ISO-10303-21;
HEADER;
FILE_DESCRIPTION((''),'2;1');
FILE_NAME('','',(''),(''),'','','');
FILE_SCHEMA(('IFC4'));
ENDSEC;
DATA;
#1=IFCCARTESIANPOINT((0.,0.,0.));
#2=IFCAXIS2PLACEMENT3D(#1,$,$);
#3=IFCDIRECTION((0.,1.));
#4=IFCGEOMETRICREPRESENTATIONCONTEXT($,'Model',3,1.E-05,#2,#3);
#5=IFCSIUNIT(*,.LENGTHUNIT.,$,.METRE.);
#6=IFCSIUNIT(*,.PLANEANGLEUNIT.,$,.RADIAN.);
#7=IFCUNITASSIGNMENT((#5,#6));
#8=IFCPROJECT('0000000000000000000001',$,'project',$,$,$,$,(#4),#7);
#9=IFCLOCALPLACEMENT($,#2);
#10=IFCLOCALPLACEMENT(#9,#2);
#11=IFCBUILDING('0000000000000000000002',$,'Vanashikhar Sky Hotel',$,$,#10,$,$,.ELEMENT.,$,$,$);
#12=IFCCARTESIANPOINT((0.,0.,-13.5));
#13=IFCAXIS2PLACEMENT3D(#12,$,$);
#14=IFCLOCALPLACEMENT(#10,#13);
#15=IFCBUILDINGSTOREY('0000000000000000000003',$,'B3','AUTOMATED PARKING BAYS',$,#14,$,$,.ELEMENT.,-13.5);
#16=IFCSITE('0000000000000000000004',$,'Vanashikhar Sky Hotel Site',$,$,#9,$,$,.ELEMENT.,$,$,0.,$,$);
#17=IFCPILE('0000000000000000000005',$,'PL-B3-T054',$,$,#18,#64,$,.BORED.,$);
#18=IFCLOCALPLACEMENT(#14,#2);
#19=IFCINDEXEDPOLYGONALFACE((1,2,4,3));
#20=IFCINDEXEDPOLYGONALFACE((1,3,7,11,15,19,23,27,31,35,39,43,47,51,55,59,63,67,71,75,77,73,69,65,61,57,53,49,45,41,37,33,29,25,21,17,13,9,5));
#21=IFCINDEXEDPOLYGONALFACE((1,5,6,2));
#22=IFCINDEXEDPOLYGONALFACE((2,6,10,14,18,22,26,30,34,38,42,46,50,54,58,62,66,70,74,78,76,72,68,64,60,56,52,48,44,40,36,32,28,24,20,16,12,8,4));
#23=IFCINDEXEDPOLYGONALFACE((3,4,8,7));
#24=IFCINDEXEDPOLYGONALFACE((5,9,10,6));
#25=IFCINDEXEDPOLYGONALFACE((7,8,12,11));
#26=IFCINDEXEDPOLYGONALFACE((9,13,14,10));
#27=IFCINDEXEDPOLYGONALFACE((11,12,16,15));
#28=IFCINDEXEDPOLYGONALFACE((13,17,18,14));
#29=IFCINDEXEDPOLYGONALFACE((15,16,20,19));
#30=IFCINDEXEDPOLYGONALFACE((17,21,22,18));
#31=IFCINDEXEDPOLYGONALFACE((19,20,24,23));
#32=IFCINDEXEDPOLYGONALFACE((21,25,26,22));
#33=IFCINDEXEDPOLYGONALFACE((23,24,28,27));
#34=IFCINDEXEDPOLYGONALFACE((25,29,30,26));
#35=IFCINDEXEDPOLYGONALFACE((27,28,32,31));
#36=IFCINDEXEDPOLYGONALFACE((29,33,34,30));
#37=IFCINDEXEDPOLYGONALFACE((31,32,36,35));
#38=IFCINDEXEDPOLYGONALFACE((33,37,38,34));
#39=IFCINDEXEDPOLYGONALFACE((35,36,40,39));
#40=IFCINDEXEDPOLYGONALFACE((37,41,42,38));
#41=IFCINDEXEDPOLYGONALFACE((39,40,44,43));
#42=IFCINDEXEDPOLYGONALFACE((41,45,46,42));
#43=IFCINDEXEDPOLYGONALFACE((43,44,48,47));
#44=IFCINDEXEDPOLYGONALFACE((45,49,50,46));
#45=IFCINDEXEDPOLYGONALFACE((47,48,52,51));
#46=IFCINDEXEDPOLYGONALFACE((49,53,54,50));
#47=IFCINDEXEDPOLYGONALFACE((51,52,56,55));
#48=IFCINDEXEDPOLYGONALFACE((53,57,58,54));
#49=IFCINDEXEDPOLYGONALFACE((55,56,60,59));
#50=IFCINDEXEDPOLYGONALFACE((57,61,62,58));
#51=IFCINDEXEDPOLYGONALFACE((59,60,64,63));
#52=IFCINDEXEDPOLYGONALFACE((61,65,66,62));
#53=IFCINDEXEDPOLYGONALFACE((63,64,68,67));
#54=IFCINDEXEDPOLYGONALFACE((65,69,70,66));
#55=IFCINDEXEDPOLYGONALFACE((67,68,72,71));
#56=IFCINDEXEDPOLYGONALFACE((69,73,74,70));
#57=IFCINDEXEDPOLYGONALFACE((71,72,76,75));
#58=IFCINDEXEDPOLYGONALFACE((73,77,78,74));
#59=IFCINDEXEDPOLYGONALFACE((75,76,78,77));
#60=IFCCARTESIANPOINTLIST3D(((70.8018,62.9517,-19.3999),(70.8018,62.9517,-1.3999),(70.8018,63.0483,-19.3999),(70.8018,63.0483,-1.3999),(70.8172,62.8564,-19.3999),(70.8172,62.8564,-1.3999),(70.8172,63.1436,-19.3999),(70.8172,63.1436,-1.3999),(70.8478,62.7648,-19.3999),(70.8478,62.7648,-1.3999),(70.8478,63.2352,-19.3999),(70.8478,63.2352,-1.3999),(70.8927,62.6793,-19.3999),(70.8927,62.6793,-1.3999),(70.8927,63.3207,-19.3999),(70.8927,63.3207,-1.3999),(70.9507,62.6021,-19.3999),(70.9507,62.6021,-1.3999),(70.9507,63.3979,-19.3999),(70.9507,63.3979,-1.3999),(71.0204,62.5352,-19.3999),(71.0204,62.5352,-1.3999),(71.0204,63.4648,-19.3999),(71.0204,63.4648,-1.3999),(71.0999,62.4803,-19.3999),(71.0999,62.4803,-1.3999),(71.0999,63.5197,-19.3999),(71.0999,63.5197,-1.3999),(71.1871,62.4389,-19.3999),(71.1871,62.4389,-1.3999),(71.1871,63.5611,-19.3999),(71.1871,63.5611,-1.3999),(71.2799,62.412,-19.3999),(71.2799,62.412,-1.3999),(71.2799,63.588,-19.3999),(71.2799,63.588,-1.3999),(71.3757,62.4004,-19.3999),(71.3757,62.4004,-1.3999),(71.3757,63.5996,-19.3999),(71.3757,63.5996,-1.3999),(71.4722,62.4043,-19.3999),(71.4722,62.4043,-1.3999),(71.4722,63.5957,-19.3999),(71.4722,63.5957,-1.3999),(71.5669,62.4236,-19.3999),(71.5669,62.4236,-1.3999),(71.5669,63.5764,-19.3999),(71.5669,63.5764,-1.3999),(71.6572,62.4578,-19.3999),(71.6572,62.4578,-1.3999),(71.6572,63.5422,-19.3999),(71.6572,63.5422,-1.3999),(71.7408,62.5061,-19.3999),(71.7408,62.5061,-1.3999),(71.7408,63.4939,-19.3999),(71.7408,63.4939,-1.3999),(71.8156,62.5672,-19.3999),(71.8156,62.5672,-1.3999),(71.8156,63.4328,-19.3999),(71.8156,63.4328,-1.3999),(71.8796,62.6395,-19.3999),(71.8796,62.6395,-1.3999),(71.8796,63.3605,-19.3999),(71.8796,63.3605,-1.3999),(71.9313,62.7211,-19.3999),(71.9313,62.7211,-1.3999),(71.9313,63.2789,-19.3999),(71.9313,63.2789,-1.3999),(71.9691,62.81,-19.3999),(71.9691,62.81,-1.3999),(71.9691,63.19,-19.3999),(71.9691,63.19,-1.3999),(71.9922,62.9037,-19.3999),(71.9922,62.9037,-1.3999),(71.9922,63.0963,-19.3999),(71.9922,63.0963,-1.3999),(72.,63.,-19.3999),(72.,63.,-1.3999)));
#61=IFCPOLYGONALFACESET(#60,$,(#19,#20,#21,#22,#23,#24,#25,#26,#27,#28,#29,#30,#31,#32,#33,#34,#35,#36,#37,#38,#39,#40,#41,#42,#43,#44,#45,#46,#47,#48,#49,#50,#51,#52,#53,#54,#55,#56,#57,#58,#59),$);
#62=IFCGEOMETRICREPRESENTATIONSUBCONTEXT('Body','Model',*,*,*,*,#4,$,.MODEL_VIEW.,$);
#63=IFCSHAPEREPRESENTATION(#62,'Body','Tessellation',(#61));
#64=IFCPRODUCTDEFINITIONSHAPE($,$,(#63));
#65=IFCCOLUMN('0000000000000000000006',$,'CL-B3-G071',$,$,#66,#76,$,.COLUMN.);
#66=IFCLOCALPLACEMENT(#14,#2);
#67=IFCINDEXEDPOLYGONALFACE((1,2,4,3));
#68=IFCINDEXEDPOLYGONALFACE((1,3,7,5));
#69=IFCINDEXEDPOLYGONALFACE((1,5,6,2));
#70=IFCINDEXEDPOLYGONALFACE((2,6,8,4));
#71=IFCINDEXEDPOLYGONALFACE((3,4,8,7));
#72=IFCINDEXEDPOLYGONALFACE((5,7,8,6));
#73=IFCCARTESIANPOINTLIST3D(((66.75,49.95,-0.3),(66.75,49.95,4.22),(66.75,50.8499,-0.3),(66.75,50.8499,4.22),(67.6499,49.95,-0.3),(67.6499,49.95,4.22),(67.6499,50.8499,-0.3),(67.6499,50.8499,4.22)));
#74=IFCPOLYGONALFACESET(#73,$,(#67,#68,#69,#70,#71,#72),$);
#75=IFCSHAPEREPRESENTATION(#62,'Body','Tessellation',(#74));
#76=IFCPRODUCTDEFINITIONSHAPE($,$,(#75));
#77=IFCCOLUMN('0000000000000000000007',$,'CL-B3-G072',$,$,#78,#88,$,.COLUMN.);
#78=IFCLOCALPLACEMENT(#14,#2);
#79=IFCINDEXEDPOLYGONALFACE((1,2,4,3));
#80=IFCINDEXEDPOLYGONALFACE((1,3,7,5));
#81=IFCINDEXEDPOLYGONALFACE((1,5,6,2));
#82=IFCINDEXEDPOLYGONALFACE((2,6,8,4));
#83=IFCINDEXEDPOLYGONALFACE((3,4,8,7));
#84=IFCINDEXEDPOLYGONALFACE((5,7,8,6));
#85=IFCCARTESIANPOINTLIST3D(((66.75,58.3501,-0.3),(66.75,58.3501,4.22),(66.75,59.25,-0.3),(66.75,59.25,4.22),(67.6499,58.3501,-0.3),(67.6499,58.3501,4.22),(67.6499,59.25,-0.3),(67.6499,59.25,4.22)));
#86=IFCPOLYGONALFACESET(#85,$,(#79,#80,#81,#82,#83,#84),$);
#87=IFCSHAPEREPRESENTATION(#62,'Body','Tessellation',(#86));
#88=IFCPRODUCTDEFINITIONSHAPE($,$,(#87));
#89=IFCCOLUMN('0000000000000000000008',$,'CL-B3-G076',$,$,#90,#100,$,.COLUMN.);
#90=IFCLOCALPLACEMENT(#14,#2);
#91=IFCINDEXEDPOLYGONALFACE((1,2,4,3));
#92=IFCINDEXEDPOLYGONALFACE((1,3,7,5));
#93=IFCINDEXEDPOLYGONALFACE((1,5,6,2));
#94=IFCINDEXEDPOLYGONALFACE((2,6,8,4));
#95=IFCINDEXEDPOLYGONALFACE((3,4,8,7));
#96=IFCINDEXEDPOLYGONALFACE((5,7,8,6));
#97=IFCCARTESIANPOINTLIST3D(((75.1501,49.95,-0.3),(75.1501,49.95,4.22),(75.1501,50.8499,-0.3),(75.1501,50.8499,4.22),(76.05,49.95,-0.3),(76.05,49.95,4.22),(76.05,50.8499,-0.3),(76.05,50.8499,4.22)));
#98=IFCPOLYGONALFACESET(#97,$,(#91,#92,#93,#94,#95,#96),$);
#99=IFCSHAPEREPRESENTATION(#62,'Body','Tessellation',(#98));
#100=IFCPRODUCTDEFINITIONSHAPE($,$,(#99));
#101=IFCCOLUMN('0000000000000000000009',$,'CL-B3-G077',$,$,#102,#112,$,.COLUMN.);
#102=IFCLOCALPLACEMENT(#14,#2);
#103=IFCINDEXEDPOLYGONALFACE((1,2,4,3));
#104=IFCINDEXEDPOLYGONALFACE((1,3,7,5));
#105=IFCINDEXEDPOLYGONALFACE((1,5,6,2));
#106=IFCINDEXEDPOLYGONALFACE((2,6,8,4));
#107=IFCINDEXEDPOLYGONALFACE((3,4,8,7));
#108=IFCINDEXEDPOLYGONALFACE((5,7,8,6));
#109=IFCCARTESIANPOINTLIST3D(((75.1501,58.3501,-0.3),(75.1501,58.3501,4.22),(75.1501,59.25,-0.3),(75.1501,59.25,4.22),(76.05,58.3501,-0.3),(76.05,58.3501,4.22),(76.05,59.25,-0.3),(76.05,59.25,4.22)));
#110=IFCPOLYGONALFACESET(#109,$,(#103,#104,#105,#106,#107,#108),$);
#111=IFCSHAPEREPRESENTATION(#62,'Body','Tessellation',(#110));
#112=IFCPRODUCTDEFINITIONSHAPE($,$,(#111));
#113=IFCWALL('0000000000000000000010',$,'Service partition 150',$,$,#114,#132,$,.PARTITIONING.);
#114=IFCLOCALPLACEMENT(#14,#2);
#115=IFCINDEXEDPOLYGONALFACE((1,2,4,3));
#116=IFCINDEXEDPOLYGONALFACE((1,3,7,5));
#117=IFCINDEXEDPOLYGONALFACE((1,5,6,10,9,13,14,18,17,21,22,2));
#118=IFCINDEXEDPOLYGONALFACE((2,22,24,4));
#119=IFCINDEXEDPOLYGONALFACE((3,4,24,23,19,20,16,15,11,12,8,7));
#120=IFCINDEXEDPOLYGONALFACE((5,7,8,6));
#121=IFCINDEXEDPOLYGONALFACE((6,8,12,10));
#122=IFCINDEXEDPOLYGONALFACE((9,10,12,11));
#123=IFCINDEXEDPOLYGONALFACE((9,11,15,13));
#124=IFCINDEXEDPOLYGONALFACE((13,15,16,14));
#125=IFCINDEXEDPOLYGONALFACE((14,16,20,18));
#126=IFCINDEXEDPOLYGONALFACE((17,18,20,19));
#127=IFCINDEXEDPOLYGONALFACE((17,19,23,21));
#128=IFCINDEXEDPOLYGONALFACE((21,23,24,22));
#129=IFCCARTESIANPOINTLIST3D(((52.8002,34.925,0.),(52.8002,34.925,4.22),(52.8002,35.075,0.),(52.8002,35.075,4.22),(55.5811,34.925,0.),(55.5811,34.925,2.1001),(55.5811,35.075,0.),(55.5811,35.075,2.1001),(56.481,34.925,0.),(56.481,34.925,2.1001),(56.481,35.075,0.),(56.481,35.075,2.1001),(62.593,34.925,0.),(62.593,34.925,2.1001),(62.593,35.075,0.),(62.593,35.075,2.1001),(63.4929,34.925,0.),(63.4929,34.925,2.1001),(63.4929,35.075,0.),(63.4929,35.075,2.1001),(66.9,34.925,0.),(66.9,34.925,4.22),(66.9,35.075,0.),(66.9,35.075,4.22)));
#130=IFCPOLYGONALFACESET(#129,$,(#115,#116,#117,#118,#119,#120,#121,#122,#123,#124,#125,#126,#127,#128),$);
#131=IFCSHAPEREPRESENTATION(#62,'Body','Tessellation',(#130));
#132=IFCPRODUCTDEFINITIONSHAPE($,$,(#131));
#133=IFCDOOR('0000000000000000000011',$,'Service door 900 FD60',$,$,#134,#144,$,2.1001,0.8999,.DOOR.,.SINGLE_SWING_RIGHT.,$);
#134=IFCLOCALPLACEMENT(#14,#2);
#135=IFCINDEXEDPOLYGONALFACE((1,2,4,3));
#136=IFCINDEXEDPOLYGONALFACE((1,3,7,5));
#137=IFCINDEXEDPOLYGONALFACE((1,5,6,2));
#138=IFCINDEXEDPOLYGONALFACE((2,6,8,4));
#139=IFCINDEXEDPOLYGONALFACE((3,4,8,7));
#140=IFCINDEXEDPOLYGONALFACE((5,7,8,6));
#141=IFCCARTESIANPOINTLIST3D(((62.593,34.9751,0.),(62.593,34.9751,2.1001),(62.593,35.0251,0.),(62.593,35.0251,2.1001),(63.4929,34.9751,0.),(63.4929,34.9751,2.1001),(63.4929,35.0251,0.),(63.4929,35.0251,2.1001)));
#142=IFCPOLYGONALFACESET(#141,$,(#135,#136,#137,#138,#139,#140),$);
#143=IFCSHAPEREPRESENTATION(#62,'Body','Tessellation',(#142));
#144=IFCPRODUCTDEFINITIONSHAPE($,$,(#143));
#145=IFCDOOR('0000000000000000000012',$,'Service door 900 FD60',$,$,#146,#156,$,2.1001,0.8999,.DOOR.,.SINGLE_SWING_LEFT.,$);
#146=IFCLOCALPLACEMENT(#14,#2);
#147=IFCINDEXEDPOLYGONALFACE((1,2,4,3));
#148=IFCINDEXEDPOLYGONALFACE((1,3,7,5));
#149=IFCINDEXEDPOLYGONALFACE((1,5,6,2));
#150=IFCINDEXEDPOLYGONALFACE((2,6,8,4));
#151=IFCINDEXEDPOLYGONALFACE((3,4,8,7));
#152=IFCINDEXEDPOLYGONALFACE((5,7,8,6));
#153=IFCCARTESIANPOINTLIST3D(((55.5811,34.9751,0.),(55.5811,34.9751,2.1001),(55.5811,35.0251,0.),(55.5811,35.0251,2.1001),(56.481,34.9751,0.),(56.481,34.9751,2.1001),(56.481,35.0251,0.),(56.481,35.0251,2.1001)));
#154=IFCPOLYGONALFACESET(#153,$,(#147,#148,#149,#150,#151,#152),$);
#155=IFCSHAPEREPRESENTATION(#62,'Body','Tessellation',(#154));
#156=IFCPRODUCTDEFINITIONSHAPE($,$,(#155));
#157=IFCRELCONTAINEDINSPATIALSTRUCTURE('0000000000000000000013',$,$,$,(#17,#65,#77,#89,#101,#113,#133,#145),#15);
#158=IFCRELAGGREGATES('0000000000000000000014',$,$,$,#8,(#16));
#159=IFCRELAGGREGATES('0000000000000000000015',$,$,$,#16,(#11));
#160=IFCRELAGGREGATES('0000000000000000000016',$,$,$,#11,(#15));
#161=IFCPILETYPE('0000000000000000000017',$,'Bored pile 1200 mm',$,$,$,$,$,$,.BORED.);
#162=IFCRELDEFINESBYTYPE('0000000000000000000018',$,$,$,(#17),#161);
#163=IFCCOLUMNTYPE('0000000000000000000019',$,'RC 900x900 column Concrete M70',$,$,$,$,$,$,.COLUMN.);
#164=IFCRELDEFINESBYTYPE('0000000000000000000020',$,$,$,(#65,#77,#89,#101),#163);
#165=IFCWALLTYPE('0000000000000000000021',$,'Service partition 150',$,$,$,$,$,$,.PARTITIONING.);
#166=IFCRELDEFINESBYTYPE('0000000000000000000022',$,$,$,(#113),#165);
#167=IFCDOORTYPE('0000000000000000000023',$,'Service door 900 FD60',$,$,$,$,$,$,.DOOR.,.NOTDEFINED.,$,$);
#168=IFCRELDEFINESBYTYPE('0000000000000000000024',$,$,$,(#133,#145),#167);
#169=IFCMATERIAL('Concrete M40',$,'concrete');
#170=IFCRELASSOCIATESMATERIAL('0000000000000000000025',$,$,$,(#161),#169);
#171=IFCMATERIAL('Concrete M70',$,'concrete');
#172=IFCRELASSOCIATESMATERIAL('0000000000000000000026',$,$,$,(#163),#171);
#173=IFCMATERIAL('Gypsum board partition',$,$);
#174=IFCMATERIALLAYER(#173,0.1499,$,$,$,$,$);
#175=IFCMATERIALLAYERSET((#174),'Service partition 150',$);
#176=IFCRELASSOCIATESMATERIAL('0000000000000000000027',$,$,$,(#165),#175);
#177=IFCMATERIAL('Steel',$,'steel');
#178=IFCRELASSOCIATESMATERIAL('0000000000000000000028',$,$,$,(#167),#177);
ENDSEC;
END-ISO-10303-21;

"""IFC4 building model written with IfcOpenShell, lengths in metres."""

from ifc_helpers import new_model, si_unit, direction, frame, frame_2d, origin, origin_2d, place, context, subcontext, project, spatial, rectangle, circle, extrude, source, transform, mapped, material, layer, layer_set, material_profile, profile_set, type_object, element, fill, save


model = new_model("IFC4")

# Units and contexts
model_context = context("Model", 3, precision=1e-05, world=origin(), true_north=direction((0.0, 1.0)))
body_context = subcontext(model_context, "Body", "Model", "MODEL_VIEW")
ifc_project = project(units=[si_unit("LENGTHUNIT", "METRE"), si_unit("PLANEANGLEUNIT", "RADIAN")], contexts=[model_context])

# Site, building, storey
site_placement = place(None, origin())
site = spatial("IfcSite", under=ifc_project, at=site_placement, Name="Vanashikhar Sky Hotel Site", CompositionType="ELEMENT", RefElevation=0.0)
building_placement = place(site_placement, origin())
building = spatial("IfcBuilding", under=site, at=building_placement, Name="Vanashikhar Sky Hotel", CompositionType="ELEMENT")
storey_placement = place(building_placement, frame((0.0, 0.0, -13.5)))
storey = spatial("IfcBuildingStorey", under=building, at=storey_placement, Name="B3", Description="AUTOMATED PARKING BAYS", CompositionType="ELEMENT", Elevation=-13.5)

# Pile
ifc_material_1 = material(Name="Concrete M40", Category="concrete")
pile_type_1 = type_object("IfcPileType", Name="Bored pile 1200 mm", PredefinedType="BORED", material=ifc_material_1)
shared_shape_1 = source(origin(), body_context, "Body", "SweptSolid", [
    extrude(circle(Radius=0.6001, at=origin_2d()), origin(), (0.0, 0.0, 1.0), 18.0),
])
for number, where, z_axis, x_axis, name in (
    (1, (71.3999, 63.0, -1.3999), (0.0, 0.0, -1.0), (1.0, 0.0, 0.0), "PL-B3-T054"),
):
    element("IfcPile", number, at=place(storey_placement, frame(where, z_axis=z_axis, x_axis=x_axis)), inside=storey, type_object=pile_type_1, Name=name, PredefinedType="BORED", context=body_context, shape_type="MappedRepresentation", body=[
        mapped(shared_shape_1, transform((0.0, 0.0, 0.0), scale=1.0)),
    ])

# Columns
ifc_material_2 = material(Name="Concrete M70", Category="concrete")
ifc_material_profile = material_profile(ifc_material_2, rectangle(XDim=0.8999, YDim=0.8999, at=origin_2d()))
ifc_profile_set = profile_set([ifc_material_profile], Name="RC 900x900 column Concrete M70")
column_type = type_object("IfcColumnType", Name="RC 900x900 column Concrete M70", PredefinedType="COLUMN", material=ifc_profile_set)
shared_shape_2 = source(origin(), body_context, "Body", "SweptSolid", [
    extrude(rectangle(XDim=0.8999, YDim=0.8999, at=origin_2d()), origin(), (0.0, 0.0, 1.0), 4.52),
])
for number, where, z_axis, x_axis, name in (
    (2, (67.2, 50.3999, -0.3), (0.0, 0.0, 1.0), (1.0, 0.0, 0.0), "CL-B3-G071"),
    (3, (67.2, 58.8, -0.3), (0.0, 0.0, 1.0), (1.0, 0.0, 0.0), "CL-B3-G072"),
    (4, (75.6001, 50.3999, -0.3), (0.0, 0.0, 1.0), (1.0, 0.0, 0.0), "CL-B3-G076"),
    (5, (75.6001, 58.8, -0.3), (0.0, 0.0, 1.0), (1.0, 0.0, 0.0), "CL-B3-G077"),
):
    element("IfcColumn", number, at=place(storey_placement, frame(where, z_axis=z_axis, x_axis=x_axis)), inside=storey, type_object=column_type, Name=name, PredefinedType="COLUMN", context=body_context, shape_type="MappedRepresentation", body=[
        mapped(shared_shape_2, transform((0.0, 0.0, 0.0), scale=1.0)),
    ])

# Wall, openings, doors
ifc_material_3 = material(Name="Gypsum board partition")
ifc_layer_1 = layer(ifc_material_3, 0.1499)
ifc_layer_set_1 = layer_set([ifc_layer_1], Name="Service partition 150")
wall_type_1 = type_object("IfcWallType", Name="Service partition 150", PredefinedType="PARTITIONING", material=ifc_layer_set_1)
shared_shape_3 = source(origin(), body_context, "Body", "SweptSolid", [
    extrude(rectangle(XDim=14.0999, YDim=0.1499, at=frame_2d((7.0498, 0.0))), origin(), (0.0, 0.0, 1.0), 4.22),
])
wall_1_placement = place(storey_placement, frame((66.8999, 35.0, 0.0), z_axis=(0.0, 0.0, 1.0), x_axis=(-1.0, 0.0, 0.0)))
wall_1 = element("IfcWall", 6, at=wall_1_placement, inside=storey, type_object=wall_type_1, Name="Service partition 150", PredefinedType="PARTITIONING", context=body_context, shape_type="MappedRepresentation", body=[
    mapped(shared_shape_3, transform((0.0, 0.0, 0.0), scale=1.0)),
])
shared_shape_4 = source(origin(), body_context, "Body", "SweptSolid", [
    extrude(rectangle(XDim=0.8999, YDim=2.1001, at=frame_2d((0.45, 1.05))), frame((0.0, 0.085, 0.0), z_axis=(0.0, -1.0, 0.0), x_axis=(1.0, 0.0, 0.0)), (0.0, 0.0, 1.0), 0.1699),
])
opening_1_placement = place(wall_1_placement, frame((3.407, 0.0, 0.0)))
opening_1 = element("IfcOpeningElement", 7, at=opening_1_placement, cuts=wall_1, PredefinedType="OPENING", context=body_context, shape_type="MappedRepresentation", body=[
    mapped(shared_shape_4, transform((0.0, 0.0, 0.0), scale=1.0)),
])
opening_2_placement = place(wall_1_placement, frame((10.4189, 0.0, 0.0)))
opening_2 = element("IfcOpeningElement", 8, at=opening_2_placement, cuts=wall_1, PredefinedType="OPENING", context=body_context, shape_type="MappedRepresentation", body=[
    mapped(shared_shape_4, transform((0.0, 0.0, 0.0), scale=1.0)),
])
ifc_material_4 = material(Name="Steel", Category="steel")
door_type_1 = type_object("IfcDoorType", Name="Service door 900 FD60", OperationType="NOTDEFINED", PredefinedType="DOOR", material=ifc_material_4)
shared_shape_5 = source(origin(), body_context, "Body", "SweptSolid", [
    extrude(rectangle(XDim=0.8999, YDim=2.1001, at=frame_2d((0.45, 1.05))), frame((0.0, 0.0249, 0.0), z_axis=(0.0, -1.0, 0.0), x_axis=(1.0, 0.0, 0.0)), (0.0, 0.0, 1.0), 0.05),
])
door_1_placement = place(opening_1_placement, origin())
door_1 = element("IfcDoor", 9, at=door_1_placement, inside=storey, type_object=door_type_1, Name="Service door 900 FD60", OperationType="SINGLE_SWING_RIGHT", OverallHeight=2.1001, OverallWidth=0.8999, PredefinedType="DOOR", context=body_context, shape_type="MappedRepresentation", body=[
    mapped(shared_shape_5, transform((0.0, 0.0, 0.0), scale=1.0)),
])
fill(opening_1, door_1)
door_2_placement = place(opening_2_placement, origin())
door_2 = element("IfcDoor", 10, at=door_2_placement, inside=storey, type_object=door_type_1, Name="Service door 900 FD60", OperationType="SINGLE_SWING_LEFT", OverallHeight=2.1001, OverallWidth=0.8999, PredefinedType="DOOR", context=body_context, shape_type="MappedRepresentation", body=[
    mapped(shared_shape_5, transform((0.0, 0.0, 0.0), scale=1.0)),
])
fill(opening_2, door_2)

save(model, "model.ifc")
